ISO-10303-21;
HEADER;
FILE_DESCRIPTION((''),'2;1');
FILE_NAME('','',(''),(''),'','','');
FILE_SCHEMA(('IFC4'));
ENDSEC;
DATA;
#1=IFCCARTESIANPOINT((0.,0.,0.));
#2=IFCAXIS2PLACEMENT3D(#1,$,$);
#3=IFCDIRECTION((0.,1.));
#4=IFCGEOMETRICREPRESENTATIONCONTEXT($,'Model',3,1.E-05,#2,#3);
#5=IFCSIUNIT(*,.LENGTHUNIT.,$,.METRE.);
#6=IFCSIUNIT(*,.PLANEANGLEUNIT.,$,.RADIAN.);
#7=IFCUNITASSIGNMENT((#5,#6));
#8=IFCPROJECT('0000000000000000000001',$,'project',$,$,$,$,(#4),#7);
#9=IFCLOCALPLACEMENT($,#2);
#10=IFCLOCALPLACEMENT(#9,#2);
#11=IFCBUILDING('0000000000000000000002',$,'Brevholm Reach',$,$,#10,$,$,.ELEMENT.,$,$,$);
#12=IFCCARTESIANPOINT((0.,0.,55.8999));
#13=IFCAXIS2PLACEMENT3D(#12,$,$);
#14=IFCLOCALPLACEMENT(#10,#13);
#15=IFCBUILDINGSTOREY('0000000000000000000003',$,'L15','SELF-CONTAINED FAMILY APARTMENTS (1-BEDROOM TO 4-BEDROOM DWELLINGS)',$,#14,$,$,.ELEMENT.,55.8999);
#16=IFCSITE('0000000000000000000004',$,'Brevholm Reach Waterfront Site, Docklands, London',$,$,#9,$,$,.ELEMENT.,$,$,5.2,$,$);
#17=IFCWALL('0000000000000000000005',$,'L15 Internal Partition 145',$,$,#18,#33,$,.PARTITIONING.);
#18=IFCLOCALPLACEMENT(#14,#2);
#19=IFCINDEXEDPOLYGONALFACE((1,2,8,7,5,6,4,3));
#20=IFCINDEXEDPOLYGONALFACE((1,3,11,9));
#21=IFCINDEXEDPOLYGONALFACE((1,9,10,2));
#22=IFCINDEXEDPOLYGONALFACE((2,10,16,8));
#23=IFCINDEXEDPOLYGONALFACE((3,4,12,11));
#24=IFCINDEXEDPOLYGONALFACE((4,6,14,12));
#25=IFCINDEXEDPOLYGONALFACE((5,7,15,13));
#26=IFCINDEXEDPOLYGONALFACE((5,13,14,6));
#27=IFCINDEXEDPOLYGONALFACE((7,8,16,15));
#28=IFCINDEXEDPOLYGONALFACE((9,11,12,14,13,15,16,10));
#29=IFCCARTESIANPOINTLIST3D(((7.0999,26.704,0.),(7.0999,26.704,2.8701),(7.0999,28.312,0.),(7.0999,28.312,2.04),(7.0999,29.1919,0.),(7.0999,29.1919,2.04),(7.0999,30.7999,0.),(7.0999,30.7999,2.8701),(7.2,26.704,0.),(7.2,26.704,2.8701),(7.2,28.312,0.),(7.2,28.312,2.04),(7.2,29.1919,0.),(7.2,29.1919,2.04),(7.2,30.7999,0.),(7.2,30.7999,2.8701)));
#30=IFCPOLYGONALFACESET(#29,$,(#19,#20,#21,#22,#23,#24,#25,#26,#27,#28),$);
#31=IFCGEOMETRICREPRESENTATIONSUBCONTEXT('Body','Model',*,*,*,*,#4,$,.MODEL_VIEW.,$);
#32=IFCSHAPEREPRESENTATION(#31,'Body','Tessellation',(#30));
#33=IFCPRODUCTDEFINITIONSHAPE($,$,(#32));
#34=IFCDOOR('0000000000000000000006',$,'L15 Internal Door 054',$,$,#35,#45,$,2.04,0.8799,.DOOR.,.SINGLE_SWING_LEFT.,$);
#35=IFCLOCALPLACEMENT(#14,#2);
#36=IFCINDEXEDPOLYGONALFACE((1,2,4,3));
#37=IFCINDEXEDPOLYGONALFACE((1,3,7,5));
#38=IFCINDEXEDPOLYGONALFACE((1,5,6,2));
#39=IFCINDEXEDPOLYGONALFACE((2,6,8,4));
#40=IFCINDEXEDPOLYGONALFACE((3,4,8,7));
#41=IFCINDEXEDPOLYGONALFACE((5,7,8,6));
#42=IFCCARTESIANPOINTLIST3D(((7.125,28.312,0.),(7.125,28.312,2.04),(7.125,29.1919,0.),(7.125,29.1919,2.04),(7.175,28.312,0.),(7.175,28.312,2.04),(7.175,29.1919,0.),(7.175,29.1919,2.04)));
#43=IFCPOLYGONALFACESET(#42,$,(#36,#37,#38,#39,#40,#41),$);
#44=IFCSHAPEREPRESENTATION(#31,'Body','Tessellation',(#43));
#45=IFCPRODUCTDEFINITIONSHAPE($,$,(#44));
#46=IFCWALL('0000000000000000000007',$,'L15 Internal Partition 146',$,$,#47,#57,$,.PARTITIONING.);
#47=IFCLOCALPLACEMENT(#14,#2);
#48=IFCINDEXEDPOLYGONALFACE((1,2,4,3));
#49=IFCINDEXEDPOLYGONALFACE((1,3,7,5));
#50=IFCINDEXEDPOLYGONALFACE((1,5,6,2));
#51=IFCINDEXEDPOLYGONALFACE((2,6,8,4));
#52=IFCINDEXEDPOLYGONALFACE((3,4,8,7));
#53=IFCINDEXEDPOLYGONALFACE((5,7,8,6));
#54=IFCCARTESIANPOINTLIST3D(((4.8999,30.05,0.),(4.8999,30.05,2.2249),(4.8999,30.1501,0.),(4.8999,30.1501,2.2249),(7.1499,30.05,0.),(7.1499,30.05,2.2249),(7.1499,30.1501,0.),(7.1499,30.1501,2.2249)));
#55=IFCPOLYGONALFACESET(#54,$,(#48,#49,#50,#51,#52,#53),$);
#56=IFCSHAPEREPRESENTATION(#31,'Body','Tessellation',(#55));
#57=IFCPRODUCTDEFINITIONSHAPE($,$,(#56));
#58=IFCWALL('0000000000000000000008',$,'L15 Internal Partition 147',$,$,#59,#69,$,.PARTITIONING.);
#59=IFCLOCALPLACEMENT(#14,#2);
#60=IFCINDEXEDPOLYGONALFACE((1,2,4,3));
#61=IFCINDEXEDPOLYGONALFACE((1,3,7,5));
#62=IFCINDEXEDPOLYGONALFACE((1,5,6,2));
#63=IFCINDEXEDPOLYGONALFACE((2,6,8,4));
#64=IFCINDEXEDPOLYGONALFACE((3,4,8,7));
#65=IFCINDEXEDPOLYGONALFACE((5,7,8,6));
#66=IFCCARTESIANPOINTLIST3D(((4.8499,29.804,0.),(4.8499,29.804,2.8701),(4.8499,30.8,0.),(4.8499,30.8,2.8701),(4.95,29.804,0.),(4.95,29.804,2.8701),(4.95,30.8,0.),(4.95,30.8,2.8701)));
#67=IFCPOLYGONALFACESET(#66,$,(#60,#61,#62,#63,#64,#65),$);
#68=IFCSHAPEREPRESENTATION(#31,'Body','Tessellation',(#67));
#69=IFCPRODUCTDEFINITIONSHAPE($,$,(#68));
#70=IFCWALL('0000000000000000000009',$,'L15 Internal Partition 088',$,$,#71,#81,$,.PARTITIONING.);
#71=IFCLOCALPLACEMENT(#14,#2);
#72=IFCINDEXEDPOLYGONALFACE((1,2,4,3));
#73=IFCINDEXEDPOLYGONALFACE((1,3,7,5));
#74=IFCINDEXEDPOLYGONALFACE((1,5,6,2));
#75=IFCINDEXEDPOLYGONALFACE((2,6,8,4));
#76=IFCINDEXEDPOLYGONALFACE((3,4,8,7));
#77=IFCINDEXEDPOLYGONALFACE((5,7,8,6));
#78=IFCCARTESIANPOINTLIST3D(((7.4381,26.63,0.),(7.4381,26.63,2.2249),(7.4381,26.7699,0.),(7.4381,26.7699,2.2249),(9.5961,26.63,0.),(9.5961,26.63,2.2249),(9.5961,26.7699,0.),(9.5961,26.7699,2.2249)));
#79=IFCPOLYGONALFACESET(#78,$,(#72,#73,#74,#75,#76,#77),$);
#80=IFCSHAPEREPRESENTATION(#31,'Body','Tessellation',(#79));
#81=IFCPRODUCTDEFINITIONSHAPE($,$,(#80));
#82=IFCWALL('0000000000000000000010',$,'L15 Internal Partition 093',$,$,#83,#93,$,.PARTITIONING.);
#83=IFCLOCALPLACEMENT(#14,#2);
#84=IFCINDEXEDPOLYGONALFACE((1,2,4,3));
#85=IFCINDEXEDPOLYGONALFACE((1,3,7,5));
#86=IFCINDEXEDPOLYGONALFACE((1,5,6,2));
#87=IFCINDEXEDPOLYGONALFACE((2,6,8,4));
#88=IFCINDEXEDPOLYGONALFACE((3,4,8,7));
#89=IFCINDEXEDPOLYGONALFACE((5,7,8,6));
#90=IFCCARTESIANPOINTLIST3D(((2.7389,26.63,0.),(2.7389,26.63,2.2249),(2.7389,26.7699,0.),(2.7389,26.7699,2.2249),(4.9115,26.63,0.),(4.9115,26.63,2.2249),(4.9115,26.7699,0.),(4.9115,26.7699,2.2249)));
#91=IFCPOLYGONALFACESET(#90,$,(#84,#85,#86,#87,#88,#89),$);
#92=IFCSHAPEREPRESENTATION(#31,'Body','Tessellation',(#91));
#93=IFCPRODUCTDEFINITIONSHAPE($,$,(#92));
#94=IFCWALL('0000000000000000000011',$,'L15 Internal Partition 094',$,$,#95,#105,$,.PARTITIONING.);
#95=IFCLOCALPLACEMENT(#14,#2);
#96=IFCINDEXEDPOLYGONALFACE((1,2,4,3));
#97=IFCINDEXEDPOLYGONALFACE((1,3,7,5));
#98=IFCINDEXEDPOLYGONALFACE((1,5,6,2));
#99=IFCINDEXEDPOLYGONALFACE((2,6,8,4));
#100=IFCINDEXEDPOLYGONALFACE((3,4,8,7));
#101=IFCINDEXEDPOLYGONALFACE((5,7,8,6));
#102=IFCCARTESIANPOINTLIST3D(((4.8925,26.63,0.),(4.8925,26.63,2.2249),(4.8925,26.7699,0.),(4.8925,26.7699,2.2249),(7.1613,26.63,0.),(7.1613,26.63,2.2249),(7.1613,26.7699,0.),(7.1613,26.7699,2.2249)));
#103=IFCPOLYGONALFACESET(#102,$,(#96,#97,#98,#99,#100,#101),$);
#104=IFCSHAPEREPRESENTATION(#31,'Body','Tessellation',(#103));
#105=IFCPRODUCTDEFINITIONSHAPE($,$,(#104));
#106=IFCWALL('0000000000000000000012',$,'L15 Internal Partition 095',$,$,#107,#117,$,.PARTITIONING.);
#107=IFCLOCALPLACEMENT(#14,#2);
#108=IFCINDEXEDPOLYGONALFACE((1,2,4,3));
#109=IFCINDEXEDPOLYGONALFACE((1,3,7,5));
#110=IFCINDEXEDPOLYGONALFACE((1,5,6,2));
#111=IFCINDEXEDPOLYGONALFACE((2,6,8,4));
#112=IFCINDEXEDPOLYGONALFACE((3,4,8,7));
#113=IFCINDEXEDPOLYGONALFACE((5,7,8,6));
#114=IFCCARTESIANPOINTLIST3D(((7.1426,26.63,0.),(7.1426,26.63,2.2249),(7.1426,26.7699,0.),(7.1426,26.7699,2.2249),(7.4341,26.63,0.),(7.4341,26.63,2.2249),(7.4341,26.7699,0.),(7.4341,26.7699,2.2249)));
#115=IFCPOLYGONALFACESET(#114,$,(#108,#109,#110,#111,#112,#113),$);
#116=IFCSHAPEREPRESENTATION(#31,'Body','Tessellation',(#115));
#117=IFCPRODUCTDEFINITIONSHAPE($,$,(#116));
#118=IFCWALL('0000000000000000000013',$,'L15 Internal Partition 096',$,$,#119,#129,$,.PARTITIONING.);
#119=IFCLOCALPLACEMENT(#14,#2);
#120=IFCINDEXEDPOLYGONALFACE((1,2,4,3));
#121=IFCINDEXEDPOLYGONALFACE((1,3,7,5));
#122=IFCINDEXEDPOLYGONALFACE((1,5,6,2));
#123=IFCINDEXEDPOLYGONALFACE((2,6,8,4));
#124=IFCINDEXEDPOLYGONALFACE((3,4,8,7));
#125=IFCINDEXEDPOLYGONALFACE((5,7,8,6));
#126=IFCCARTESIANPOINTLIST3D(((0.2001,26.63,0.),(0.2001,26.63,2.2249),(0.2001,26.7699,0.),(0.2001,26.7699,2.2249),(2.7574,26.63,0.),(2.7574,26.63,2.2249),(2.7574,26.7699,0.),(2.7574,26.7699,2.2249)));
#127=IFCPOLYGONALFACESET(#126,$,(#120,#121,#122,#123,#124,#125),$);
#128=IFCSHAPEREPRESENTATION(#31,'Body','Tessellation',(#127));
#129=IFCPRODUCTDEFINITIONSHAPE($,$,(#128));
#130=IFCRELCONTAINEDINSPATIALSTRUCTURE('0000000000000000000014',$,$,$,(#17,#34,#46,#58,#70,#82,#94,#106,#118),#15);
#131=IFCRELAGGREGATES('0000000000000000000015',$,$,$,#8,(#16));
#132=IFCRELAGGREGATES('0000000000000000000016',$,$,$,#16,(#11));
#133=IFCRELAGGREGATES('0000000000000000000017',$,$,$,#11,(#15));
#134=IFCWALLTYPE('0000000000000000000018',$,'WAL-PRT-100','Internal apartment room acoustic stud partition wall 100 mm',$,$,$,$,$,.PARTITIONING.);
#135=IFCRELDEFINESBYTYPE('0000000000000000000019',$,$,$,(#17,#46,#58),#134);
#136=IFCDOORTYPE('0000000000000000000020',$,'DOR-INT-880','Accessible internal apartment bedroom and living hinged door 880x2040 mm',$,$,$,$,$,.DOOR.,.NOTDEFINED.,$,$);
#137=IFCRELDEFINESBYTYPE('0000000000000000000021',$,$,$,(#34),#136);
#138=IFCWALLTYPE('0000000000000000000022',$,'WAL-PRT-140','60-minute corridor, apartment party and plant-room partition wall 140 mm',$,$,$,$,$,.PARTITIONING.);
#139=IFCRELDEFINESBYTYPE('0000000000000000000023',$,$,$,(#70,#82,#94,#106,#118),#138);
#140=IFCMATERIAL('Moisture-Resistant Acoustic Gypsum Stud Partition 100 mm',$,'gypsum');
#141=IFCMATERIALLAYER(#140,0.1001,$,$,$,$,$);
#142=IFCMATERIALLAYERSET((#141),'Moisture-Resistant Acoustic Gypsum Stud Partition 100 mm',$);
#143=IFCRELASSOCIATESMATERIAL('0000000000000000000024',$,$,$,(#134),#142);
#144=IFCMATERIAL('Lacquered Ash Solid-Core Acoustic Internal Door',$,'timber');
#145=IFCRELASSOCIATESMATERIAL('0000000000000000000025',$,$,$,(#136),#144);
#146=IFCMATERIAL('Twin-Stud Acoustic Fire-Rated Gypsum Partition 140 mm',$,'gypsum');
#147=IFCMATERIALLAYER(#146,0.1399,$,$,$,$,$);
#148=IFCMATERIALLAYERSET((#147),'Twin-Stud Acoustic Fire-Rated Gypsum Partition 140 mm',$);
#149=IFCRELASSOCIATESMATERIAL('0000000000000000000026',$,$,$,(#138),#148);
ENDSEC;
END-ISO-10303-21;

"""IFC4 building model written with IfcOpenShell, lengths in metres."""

from ifc_helpers import new_model, si_unit, direction, frame, frame_2d, origin, place, context, subcontext, project, spatial, rectangle, extrude, material, layer, layer_set, type_object, element, fill, save


model = new_model("IFC4")

# Units and contexts
model_context = context("Model", 3, precision=1e-05, world=origin(), true_north=direction((0.0, 1.0)))
body_context = subcontext(model_context, "Body", "Model", "MODEL_VIEW")
ifc_project = project(units=[si_unit("LENGTHUNIT", "METRE"), si_unit("PLANEANGLEUNIT", "RADIAN")], contexts=[model_context])

# Site, building, storey
site_placement = place(None, origin())
site = spatial("IfcSite", under=ifc_project, at=site_placement, Name="Brevholm Reach Waterfront Site, Docklands, London", CompositionType="ELEMENT", RefElevation=5.2)
building_placement = place(site_placement, origin())
building = spatial("IfcBuilding", under=site, at=building_placement, Name="Brevholm Reach", CompositionType="ELEMENT")
storey_placement = place(building_placement, frame((0.0, 0.0, 55.8999)))
storey = spatial("IfcBuildingStorey", under=building, at=storey_placement, Name="L15", Description="SELF-CONTAINED FAMILY APARTMENTS (1-BEDROOM TO 4-BEDROOM DWELLINGS)", CompositionType="ELEMENT", Elevation=55.8999)

# Shared definitions
ifc_material_1 = material(Name="Moisture-Resistant Acoustic Gypsum Stud Partition 100 mm", Category="gypsum")
ifc_layer_1 = layer(ifc_material_1, 0.1001)
ifc_layer_set_1 = layer_set([ifc_layer_1], Name="Moisture-Resistant Acoustic Gypsum Stud Partition 100 mm")
wall_type_1 = type_object("IfcWallType", Name="WAL-PRT-100", Description="Internal apartment room acoustic stud partition wall 100 mm", PredefinedType="PARTITIONING", material=ifc_layer_set_1)

# Wall, opening, door
wall_1_placement = place(storey_placement, frame((7.1499, 26.7041, 0.0), z_axis=(0.0, 0.0, 1.0), x_axis=(0.0, 1.0, 0.0)))
wall_1 = element("IfcWall", 1, at=wall_1_placement, inside=storey, type_object=wall_type_1, Name="L15 Internal Partition 145", PredefinedType="PARTITIONING", context=body_context, shape_type="SweptSolid", body=[
    extrude(rectangle(XDim=4.0959, YDim=0.1001, at=frame_2d((2.0479, 0.0))), origin(), (0.0, 0.0, 1.0), 2.8701),
])
opening_1_placement = place(wall_1_placement, frame((1.6079, 0.0, 0.0)))
opening_1 = element("IfcOpeningElement", 2, at=opening_1_placement, cuts=wall_1, PredefinedType="OPENING", context=body_context, shape_type="SweptSolid", body=[
    extrude(rectangle(XDim=0.8799, YDim=2.04, at=frame_2d((0.4399, 1.02))), frame((0.0, 0.0601, 0.0), z_axis=(0.0, -1.0, 0.0), x_axis=(1.0, 0.0, 0.0)), (0.0, 0.0, 1.0), 0.1201),
])
ifc_material_2 = material(Name="Lacquered Ash Solid-Core Acoustic Internal Door", Category="timber")
door_type_1 = type_object("IfcDoorType", Name="DOR-INT-880", Description="Accessible internal apartment bedroom and living hinged door 880x2040 mm", OperationType="NOTDEFINED", PredefinedType="DOOR", material=ifc_material_2)
door_1_placement = place(opening_1_placement, origin())
door_1 = element("IfcDoor", 3, at=door_1_placement, inside=storey, type_object=door_type_1, Name="L15 Internal Door 054", OperationType="SINGLE_SWING_LEFT", OverallHeight=2.04, OverallWidth=0.8799, PredefinedType="DOOR", context=body_context, shape_type="SweptSolid", body=[
    extrude(rectangle(XDim=0.8799, YDim=2.04, at=frame_2d((0.4399, 1.02))), frame((0.0, 0.0249, 0.0), z_axis=(0.0, -1.0, 0.0), x_axis=(1.0, 0.0, 0.0)), (0.0, 0.0, 1.0), 0.05),
])
fill(opening_1, door_1)

# Walls
wall_2_placement = place(storey_placement, frame((4.8999, 30.1001, 0.0), z_axis=(0.0, 0.0, 1.0), x_axis=(1.0, 0.0, 0.0)))
element("IfcWall", 4, at=wall_2_placement, inside=storey, type_object=wall_type_1, Name="L15 Internal Partition 146", PredefinedType="PARTITIONING", context=body_context, shape_type="SweptSolid", body=[
    extrude(rectangle(XDim=2.25, YDim=0.1001, at=frame_2d((1.125, 0.0))), origin(), (0.0, 0.0, 1.0), 2.2249),
])
wall_3_placement = place(storey_placement, frame((4.8999, 29.804, 0.0), z_axis=(0.0, 0.0, 1.0), x_axis=(0.0, 1.0, 0.0)))
element("IfcWall", 5, at=wall_3_placement, inside=storey, type_object=wall_type_1, Name="L15 Internal Partition 147", PredefinedType="PARTITIONING", context=body_context, shape_type="SweptSolid", body=[
    extrude(rectangle(XDim=0.9961, YDim=0.1001, at=frame_2d((0.498, 0.0))), origin(), (0.0, 0.0, 1.0), 2.8701),
])
ifc_material_3 = material(Name="Twin-Stud Acoustic Fire-Rated Gypsum Partition 140 mm", Category="gypsum")
ifc_layer_2 = layer(ifc_material_3, 0.1399)
ifc_layer_set_2 = layer_set([ifc_layer_2], Name="Twin-Stud Acoustic Fire-Rated Gypsum Partition 140 mm")
wall_type_2 = type_object("IfcWallType", Name="WAL-PRT-140", Description="60-minute corridor, apartment party and plant-room partition wall 140 mm", PredefinedType="PARTITIONING", material=ifc_layer_set_2)
wall_4_placement = place(storey_placement, frame((7.438, 26.7, 0.0), z_axis=(0.0, 0.0, 1.0), x_axis=(1.0, 0.0, 0.0)))
element("IfcWall", 6, at=wall_4_placement, inside=storey, type_object=wall_type_2, Name="L15 Internal Partition 088", PredefinedType="PARTITIONING", context=body_context, shape_type="SweptSolid", body=[
    extrude(rectangle(XDim=2.158, YDim=0.1399, at=frame_2d((1.0791, 0.0))), origin(), (0.0, 0.0, 1.0), 2.2249),
])
wall_5_placement = place(storey_placement, frame((2.7388, 26.7, 0.0), z_axis=(0.0, 0.0, 1.0), x_axis=(1.0, 0.0, 0.0)))
element("IfcWall", 7, at=wall_5_placement, inside=storey, type_object=wall_type_2, Name="L15 Internal Partition 093", PredefinedType="PARTITIONING", context=body_context, shape_type="SweptSolid", body=[
    extrude(rectangle(XDim=2.1726, YDim=0.1399, at=frame_2d((1.0864, 0.0))), origin(), (0.0, 0.0, 1.0), 2.2249),
])
wall_6_placement = place(storey_placement, frame((4.8926, 26.7, 0.0), z_axis=(0.0, 0.0, 1.0), x_axis=(1.0, 0.0, 0.0)))
element("IfcWall", 8, at=wall_6_placement, inside=storey, type_object=wall_type_2, Name="L15 Internal Partition 094", PredefinedType="PARTITIONING", context=body_context, shape_type="SweptSolid", body=[
    extrude(rectangle(XDim=2.2688, YDim=0.1399, at=frame_2d((1.1343, 0.0))), origin(), (0.0, 0.0, 1.0), 2.2249),
])
wall_7_placement = place(storey_placement, frame((7.1426, 26.7, 0.0), z_axis=(0.0, 0.0, 1.0), x_axis=(1.0, 0.0, 0.0)))
element("IfcWall", 9, at=wall_7_placement, inside=storey, type_object=wall_type_2, Name="L15 Internal Partition 095", PredefinedType="PARTITIONING", context=body_context, shape_type="SweptSolid", body=[
    extrude(rectangle(XDim=0.2915, YDim=0.1399, at=frame_2d((0.1458, 0.0))), origin(), (0.0, 0.0, 1.0), 2.2249),
])
wall_8_placement = place(storey_placement, frame((0.2, 26.7, 0.0), z_axis=(0.0, 0.0, 1.0), x_axis=(1.0, 0.0, 0.0)))
element("IfcWall", 10, at=wall_8_placement, inside=storey, type_object=wall_type_2, Name="L15 Internal Partition 096", PredefinedType="PARTITIONING", context=body_context, shape_type="SweptSolid", body=[
    extrude(rectangle(XDim=2.5574, YDim=0.1399, at=frame_2d((1.2788, 0.0))), origin(), (0.0, 0.0, 1.0), 2.2249),
])

save(model, "model.ifc")
